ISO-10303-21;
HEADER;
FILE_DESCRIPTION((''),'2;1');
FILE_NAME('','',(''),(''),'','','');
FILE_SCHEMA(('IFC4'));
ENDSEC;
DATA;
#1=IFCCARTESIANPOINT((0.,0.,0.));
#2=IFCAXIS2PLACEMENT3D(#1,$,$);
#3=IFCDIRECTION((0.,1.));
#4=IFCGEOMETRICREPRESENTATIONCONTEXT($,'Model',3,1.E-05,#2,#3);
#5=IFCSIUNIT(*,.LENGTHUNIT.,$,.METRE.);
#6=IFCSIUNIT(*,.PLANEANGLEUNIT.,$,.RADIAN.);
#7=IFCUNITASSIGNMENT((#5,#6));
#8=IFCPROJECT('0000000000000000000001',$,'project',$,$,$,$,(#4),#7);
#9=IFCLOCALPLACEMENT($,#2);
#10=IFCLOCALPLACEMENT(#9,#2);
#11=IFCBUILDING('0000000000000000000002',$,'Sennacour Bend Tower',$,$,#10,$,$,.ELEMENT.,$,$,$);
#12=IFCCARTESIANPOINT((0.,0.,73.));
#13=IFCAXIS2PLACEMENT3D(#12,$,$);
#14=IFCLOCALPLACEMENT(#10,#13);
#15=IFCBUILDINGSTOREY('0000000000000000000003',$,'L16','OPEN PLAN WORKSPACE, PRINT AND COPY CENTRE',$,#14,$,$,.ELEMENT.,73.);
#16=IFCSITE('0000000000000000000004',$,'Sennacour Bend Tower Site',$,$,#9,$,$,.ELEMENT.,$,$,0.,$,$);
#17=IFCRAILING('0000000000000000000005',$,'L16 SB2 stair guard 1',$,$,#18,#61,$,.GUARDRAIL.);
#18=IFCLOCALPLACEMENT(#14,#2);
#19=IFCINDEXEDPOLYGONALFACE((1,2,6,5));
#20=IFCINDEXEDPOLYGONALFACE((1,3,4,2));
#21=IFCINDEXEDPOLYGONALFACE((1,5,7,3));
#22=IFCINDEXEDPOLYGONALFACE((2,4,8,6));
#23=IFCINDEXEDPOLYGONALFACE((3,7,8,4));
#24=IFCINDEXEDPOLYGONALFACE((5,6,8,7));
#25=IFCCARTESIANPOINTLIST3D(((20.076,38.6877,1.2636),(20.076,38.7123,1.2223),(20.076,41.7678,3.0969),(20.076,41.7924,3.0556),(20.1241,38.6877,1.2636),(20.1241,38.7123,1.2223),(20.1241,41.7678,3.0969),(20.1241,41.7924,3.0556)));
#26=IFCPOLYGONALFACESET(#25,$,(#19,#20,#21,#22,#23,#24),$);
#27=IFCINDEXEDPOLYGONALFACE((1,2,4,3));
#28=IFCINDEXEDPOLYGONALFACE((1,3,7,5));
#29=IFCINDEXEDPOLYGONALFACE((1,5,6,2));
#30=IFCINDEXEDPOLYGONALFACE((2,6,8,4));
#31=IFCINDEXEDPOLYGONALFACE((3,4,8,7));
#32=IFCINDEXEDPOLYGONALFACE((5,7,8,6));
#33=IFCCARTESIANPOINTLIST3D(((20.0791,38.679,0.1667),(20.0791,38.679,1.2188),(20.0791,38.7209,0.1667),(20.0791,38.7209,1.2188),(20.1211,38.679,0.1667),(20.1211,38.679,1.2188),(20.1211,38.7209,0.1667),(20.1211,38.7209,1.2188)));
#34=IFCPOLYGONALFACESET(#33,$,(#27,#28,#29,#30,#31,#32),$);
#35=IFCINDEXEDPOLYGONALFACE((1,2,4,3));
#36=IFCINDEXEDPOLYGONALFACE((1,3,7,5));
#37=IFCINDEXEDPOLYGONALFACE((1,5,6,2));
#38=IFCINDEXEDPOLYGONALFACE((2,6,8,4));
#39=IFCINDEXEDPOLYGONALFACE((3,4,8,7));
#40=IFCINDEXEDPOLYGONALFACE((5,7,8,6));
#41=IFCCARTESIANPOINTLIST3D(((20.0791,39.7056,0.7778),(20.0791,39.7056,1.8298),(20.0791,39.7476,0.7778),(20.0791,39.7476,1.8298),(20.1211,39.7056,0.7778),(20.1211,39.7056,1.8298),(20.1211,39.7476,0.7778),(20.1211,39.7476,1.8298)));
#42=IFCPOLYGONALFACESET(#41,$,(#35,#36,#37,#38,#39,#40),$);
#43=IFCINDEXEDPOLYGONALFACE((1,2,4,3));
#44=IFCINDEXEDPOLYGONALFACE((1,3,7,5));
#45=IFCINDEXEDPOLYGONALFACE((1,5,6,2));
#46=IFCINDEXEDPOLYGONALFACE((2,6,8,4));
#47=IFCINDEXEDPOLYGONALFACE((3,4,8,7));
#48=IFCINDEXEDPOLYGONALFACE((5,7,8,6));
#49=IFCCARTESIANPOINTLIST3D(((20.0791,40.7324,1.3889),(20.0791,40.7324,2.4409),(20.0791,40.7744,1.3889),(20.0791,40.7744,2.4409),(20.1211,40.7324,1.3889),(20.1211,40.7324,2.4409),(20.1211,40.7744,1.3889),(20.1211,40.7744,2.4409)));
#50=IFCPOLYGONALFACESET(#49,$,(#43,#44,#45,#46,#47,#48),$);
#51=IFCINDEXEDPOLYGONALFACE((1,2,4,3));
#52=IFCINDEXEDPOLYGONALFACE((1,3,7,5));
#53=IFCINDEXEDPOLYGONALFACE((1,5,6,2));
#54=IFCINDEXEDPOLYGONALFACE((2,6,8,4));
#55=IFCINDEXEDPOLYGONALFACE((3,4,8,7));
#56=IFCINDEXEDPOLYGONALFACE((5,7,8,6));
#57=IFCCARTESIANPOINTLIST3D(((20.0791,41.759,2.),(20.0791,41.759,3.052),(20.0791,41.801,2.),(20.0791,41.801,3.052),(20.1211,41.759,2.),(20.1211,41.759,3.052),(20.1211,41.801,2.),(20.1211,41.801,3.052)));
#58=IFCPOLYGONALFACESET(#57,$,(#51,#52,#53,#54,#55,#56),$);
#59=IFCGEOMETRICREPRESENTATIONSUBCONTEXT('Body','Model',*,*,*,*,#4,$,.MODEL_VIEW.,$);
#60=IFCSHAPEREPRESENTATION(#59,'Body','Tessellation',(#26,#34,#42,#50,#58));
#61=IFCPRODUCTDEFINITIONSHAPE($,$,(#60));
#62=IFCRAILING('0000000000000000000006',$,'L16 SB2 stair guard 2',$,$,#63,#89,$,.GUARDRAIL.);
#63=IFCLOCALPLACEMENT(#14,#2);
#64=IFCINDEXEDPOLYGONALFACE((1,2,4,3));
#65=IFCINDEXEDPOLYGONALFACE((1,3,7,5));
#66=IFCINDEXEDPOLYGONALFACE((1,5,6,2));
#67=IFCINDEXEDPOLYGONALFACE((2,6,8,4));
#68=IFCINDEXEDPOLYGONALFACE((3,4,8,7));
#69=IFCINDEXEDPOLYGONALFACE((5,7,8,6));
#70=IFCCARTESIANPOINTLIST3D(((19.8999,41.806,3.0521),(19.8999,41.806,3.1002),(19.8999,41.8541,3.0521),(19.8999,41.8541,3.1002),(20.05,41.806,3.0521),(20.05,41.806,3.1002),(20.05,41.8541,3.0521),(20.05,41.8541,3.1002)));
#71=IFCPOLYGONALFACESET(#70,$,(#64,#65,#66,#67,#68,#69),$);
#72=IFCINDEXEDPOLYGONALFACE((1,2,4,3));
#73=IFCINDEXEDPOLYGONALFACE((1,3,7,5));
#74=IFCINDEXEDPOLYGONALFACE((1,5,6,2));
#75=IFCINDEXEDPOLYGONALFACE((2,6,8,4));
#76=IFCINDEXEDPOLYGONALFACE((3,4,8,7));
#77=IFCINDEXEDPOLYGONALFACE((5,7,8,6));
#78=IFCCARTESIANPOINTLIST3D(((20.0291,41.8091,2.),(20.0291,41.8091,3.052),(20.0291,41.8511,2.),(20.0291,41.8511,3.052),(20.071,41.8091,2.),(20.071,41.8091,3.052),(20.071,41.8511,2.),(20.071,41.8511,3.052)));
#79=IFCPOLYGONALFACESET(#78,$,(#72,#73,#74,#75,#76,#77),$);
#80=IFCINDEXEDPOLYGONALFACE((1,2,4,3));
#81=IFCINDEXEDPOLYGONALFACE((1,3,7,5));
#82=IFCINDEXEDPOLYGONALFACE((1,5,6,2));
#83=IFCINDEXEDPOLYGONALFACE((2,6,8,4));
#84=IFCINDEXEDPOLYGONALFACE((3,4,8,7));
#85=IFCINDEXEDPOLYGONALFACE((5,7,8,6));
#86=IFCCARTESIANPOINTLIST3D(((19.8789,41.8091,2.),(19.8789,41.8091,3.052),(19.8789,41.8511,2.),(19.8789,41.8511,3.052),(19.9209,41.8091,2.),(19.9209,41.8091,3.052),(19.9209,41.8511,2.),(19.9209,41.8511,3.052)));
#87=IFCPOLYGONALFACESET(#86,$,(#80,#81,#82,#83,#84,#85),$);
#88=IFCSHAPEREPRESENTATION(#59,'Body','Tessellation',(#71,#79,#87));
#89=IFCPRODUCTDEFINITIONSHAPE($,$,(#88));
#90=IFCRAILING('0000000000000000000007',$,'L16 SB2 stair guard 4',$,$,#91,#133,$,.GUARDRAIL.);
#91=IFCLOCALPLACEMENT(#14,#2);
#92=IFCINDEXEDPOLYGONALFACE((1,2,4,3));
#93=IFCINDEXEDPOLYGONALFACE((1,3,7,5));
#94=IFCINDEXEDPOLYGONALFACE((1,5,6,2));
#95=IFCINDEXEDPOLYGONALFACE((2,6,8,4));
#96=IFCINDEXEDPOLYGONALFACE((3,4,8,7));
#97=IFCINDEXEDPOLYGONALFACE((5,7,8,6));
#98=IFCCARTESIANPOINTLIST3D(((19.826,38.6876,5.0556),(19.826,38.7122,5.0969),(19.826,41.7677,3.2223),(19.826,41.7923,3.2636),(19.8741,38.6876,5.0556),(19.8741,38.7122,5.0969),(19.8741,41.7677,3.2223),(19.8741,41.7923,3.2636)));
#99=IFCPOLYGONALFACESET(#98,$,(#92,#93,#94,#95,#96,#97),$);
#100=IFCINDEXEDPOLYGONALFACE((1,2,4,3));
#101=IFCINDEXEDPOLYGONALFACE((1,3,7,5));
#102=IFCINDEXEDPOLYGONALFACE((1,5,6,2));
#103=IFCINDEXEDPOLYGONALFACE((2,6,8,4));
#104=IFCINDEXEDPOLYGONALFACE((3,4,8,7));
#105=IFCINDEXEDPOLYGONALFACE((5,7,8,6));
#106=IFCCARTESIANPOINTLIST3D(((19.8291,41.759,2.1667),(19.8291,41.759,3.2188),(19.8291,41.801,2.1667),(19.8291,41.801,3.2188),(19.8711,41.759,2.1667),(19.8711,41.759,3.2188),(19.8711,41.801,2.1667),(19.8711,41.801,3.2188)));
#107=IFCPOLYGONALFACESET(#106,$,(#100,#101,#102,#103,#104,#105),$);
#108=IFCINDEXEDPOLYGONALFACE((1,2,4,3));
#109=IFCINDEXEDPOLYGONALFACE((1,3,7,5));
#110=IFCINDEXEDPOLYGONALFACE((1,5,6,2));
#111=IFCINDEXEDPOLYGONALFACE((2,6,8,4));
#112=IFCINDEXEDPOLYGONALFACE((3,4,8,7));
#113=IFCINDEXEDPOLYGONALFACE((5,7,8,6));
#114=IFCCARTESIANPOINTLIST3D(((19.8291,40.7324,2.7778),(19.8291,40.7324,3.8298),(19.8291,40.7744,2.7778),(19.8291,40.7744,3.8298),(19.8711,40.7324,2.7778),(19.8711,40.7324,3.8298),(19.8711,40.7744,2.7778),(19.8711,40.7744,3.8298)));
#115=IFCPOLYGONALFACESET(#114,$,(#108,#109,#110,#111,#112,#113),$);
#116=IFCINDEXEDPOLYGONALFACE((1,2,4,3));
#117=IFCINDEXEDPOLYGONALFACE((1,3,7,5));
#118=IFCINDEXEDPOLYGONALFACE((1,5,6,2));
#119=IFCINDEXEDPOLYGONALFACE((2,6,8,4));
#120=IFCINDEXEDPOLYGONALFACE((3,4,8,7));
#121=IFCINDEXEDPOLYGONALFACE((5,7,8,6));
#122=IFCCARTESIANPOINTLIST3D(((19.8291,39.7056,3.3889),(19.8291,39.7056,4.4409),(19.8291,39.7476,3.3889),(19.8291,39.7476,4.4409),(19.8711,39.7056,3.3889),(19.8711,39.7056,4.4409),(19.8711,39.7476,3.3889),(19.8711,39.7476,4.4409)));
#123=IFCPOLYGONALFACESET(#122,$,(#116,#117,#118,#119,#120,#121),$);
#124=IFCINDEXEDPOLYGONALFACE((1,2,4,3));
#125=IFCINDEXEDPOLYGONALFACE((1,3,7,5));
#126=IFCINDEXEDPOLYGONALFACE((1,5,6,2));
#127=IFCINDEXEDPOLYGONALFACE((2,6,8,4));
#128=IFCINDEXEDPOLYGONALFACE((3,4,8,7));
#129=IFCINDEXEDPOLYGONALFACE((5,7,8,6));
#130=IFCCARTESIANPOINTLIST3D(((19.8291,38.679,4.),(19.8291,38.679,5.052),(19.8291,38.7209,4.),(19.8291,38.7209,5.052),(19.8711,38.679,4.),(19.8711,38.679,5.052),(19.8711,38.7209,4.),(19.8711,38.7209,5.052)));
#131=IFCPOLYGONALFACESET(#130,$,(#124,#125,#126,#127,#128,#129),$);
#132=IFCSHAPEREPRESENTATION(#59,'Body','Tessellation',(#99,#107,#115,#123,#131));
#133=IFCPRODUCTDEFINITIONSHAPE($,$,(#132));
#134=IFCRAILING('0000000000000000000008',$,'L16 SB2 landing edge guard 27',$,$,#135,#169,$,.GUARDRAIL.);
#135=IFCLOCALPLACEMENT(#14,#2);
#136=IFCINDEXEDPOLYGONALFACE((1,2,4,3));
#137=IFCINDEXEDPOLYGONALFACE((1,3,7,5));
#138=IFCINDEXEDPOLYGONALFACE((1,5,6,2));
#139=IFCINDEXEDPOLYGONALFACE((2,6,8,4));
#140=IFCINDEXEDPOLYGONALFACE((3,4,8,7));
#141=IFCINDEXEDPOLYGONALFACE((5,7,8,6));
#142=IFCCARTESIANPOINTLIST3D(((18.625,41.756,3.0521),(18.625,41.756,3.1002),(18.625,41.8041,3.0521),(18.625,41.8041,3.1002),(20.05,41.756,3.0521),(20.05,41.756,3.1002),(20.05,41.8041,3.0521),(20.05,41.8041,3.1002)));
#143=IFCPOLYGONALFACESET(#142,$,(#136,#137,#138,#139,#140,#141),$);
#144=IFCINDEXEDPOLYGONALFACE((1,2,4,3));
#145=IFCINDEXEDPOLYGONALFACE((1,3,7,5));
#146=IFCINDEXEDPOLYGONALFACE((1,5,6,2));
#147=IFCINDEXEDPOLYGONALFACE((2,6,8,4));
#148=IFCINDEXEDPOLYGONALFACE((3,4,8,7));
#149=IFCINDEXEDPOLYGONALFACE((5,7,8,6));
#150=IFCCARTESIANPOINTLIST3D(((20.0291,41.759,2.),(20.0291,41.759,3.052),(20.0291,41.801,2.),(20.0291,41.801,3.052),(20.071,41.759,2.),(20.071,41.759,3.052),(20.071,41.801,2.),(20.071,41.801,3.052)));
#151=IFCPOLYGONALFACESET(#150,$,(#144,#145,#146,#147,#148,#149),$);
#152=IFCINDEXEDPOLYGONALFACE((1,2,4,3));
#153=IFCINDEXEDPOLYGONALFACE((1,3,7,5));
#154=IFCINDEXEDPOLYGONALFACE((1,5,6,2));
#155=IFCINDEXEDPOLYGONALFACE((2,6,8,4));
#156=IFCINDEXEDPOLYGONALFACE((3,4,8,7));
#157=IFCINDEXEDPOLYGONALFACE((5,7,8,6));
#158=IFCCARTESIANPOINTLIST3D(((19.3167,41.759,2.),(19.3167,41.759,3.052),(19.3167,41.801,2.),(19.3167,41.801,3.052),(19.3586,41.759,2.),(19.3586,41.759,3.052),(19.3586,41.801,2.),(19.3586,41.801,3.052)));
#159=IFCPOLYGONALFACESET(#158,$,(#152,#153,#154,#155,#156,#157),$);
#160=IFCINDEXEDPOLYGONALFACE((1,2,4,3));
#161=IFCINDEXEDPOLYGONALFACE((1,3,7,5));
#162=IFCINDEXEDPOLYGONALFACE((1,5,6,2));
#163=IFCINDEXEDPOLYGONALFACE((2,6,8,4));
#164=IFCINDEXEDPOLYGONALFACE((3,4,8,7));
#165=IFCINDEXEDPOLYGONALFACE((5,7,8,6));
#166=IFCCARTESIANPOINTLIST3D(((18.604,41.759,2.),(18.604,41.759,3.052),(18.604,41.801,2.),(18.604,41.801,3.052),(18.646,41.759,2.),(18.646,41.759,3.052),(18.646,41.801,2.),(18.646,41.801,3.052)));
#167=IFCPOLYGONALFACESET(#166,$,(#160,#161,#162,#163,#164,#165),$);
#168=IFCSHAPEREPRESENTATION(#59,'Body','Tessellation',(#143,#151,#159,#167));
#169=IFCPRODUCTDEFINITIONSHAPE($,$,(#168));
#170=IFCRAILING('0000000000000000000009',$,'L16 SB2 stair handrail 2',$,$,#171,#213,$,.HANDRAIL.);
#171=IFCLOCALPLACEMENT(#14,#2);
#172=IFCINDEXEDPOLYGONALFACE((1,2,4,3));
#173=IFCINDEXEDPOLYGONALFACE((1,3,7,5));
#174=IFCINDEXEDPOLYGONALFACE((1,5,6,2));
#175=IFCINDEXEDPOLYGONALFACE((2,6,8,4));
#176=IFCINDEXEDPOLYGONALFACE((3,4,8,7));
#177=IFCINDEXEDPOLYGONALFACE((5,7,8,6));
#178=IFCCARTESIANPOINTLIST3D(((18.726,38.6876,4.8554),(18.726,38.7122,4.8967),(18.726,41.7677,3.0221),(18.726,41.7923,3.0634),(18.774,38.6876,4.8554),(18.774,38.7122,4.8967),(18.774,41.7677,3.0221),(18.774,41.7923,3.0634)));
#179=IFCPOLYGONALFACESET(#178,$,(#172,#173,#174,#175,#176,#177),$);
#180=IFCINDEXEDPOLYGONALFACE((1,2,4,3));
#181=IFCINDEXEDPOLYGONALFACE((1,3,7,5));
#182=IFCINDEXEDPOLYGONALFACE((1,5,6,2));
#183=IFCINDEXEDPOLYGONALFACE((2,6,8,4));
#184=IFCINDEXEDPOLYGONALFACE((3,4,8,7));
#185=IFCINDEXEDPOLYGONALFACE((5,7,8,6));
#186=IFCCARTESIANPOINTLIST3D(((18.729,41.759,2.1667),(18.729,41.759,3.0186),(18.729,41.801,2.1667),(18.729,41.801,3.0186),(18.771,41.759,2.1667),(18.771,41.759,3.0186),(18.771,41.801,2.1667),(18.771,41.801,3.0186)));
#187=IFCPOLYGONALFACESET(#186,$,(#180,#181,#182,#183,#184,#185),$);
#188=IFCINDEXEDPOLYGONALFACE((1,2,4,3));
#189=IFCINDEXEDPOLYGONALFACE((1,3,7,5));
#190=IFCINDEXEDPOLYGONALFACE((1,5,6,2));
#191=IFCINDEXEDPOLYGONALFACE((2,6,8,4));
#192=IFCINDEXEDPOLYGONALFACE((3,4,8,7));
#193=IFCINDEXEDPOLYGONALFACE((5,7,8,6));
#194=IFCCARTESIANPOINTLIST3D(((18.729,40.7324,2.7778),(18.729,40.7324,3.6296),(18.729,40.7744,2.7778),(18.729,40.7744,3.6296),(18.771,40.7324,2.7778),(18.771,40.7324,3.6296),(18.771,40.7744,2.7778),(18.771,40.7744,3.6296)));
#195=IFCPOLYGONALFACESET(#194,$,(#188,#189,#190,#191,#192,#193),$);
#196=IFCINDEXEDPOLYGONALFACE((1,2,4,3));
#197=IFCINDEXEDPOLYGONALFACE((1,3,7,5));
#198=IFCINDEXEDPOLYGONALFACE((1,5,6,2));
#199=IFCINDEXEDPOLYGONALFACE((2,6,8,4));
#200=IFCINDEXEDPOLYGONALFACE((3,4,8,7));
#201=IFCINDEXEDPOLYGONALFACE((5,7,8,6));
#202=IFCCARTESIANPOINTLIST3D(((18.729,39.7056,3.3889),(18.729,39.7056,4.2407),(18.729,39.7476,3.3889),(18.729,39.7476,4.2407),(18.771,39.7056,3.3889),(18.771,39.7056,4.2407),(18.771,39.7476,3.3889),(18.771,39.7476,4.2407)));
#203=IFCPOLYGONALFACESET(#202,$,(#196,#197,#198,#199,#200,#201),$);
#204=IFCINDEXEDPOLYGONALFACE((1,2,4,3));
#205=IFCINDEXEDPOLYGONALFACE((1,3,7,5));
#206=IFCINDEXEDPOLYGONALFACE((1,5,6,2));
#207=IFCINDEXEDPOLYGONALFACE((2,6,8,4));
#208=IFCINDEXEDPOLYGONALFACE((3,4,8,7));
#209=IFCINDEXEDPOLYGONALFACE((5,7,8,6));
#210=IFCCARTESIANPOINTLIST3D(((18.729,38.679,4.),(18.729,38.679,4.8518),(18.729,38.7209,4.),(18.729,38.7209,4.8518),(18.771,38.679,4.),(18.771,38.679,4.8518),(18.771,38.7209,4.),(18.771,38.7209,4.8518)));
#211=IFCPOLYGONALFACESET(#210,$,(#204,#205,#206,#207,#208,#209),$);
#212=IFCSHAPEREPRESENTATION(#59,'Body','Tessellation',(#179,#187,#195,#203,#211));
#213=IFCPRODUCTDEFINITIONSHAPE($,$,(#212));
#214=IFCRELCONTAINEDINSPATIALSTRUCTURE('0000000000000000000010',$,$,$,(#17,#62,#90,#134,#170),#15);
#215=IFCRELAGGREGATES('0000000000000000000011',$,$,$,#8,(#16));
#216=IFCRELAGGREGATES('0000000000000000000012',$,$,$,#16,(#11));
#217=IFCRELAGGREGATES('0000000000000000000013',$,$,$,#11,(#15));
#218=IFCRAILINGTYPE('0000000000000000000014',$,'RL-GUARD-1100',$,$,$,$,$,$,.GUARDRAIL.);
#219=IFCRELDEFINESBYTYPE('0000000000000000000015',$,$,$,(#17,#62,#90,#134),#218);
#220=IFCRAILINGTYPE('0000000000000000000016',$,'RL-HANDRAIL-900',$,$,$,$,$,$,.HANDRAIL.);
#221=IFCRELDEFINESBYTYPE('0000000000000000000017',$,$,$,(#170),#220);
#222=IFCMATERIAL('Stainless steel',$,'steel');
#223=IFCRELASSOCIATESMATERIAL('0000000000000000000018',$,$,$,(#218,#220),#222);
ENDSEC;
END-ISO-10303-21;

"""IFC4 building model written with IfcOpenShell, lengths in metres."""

from ifc_helpers import new_model, si_unit, direction, frame, origin, origin_2d, place, context, subcontext, project, spatial, rectangle, extrude, material, type_object, element, save


model = new_model("IFC4")

# Units and contexts
model_context = context("Model", 3, precision=1e-05, world=origin(), true_north=direction((0.0, 1.0)))
body_context = subcontext(model_context, "Body", "Model", "MODEL_VIEW")
ifc_project = project(units=[si_unit("LENGTHUNIT", "METRE"), si_unit("PLANEANGLEUNIT", "RADIAN")], contexts=[model_context])

# Site, building, storey
site_placement = place(None, origin())
site = spatial("IfcSite", under=ifc_project, at=site_placement, Name="Sennacour Bend Tower Site", CompositionType="ELEMENT", RefElevation=0.0)
building_placement = place(site_placement, origin())
building = spatial("IfcBuilding", under=site, at=building_placement, Name="Sennacour Bend Tower", CompositionType="ELEMENT")
storey_placement = place(building_placement, frame((0.0, 0.0, 73.0)))
storey = spatial("IfcBuildingStorey", under=building, at=storey_placement, Name="L16", Description="OPEN PLAN WORKSPACE, PRINT AND COPY CENTRE", CompositionType="ELEMENT", Elevation=73.0)

# Shared definitions
ifc_material_1 = material(Name="Stainless steel", Category="steel")

# Railings
railing_type_1 = type_object("IfcRailingType", Name="RL-GUARD-1100", PredefinedType="GUARDRAIL", material=ifc_material_1)
railing_1_placement = place(storey_placement, frame((20.1001, 38.7, 0.1667)))
element("IfcRailing", 1, at=railing_1_placement, inside=storey, type_object=railing_type_1, Name="L16 SB2 stair guard 1", PredefinedType="GUARDRAIL", context=body_context, shape_type="SweptSolid", body=[
    extrude(rectangle(XDim=0.0481, YDim=0.0481, at=origin_2d()), frame((0.0, 0.0, 1.0762), z_axis=(0.0, 0.859309, 0.511458), x_axis=(-1.0, 0.0, 0.0)), (0.0, 0.0, 1.0), 3.5845),
    extrude(rectangle(XDim=0.042, YDim=0.042, at=origin_2d()), origin(), (0.0, 0.0, 1.0), 1.052),
    extrude(rectangle(XDim=0.042, YDim=0.042, at=origin_2d()), frame((0.0, 1.0266, 0.6111)), (0.0, 0.0, 1.0), 1.052),
    extrude(rectangle(XDim=0.042, YDim=0.042, at=origin_2d()), frame((0.0, 2.0535, 1.2222)), (0.0, 0.0, 1.0), 1.052),
    extrude(rectangle(XDim=0.042, YDim=0.042, at=origin_2d()), frame((0.0, 3.0801, 1.8333)), (0.0, 0.0, 1.0), 1.052),
])
railing_2_placement = place(storey_placement, frame((20.05, 41.8301, 2.0)))
element("IfcRailing", 2, at=railing_2_placement, inside=storey, type_object=railing_type_1, Name="L16 SB2 stair guard 2", PredefinedType="GUARDRAIL", context=body_context, shape_type="SweptSolid", body=[
    extrude(rectangle(XDim=0.0481, YDim=0.0481, at=origin_2d()), frame((0.0, 0.0, 1.0762), z_axis=(-1.0, 0.0, 0.0), x_axis=(0.0, -1.0, 0.0)), (0.0, 0.0, 1.0), 0.1501),
    extrude(rectangle(XDim=0.042, YDim=0.042, at=origin_2d()), origin(), (0.0, 0.0, 1.0), 1.052),
    extrude(rectangle(XDim=0.042, YDim=0.042, at=origin_2d()), frame((-0.1501, 0.0, 0.0)), (0.0, 0.0, 1.0), 1.052),
])
railing_3_placement = place(storey_placement, frame((19.8501, 41.78, 2.1667)))
element("IfcRailing", 3, at=railing_3_placement, inside=storey, type_object=railing_type_1, Name="L16 SB2 stair guard 4", PredefinedType="GUARDRAIL", context=body_context, shape_type="SweptSolid", body=[
    extrude(rectangle(XDim=0.0481, YDim=0.0481, at=origin_2d()), frame((0.0, 0.0, 1.0762), z_axis=(0.0, -0.859309, 0.511458), x_axis=(1.0, 0.0, 0.0)), (0.0, 0.0, 1.0), 3.5845),
    extrude(rectangle(XDim=0.042, YDim=0.042, at=origin_2d()), origin(), (0.0, 0.0, 1.0), 1.052),
    extrude(rectangle(XDim=0.042, YDim=0.042, at=origin_2d()), frame((0.0, -1.0266, 0.6111)), (0.0, 0.0, 1.0), 1.052),
    extrude(rectangle(XDim=0.042, YDim=0.042, at=origin_2d()), frame((0.0, -2.0535, 1.2222)), (0.0, 0.0, 1.0), 1.052),
    extrude(rectangle(XDim=0.042, YDim=0.042, at=origin_2d()), frame((0.0, -3.0801, 1.8333)), (0.0, 0.0, 1.0), 1.052),
])
railing_4_placement = place(storey_placement, frame((20.05, 41.78, 2.0)))
element("IfcRailing", 4, at=railing_4_placement, inside=storey, type_object=railing_type_1, Name="L16 SB2 landing edge guard 27", PredefinedType="GUARDRAIL", context=body_context, shape_type="SweptSolid", body=[
    extrude(rectangle(XDim=0.0481, YDim=0.0481, at=origin_2d()), frame((0.0, 0.0, 1.0762), z_axis=(-1.0, 0.0, 0.0), x_axis=(0.0, -1.0, 0.0)), (0.0, 0.0, 1.0), 1.425),
    extrude(rectangle(XDim=0.042, YDim=0.042, at=origin_2d()), origin(), (0.0, 0.0, 1.0), 1.052),
    extrude(rectangle(XDim=0.042, YDim=0.042, at=origin_2d()), frame((-0.7124, 0.0, 0.0)), (0.0, 0.0, 1.0), 1.052),
    extrude(rectangle(XDim=0.042, YDim=0.042, at=origin_2d()), frame((-1.425, 0.0, 0.0)), (0.0, 0.0, 1.0), 1.052),
])
railing_type_2 = type_object("IfcRailingType", Name="RL-HANDRAIL-900", PredefinedType="HANDRAIL", material=ifc_material_1)
railing_5_placement = place(storey_placement, frame((18.75, 41.78, 2.1667)))
element("IfcRailing", 5, at=railing_5_placement, inside=storey, type_object=railing_type_2, Name="L16 SB2 stair handrail 2", PredefinedType="HANDRAIL", context=body_context, shape_type="SweptSolid", body=[
    extrude(rectangle(XDim=0.0481, YDim=0.0481, at=origin_2d()), frame((0.0, 0.0, 0.876), z_axis=(0.0, -0.859309, 0.511458), x_axis=(1.0, 0.0, 0.0)), (0.0, 0.0, 1.0), 3.5845),
    extrude(rectangle(XDim=0.042, YDim=0.042, at=origin_2d()), origin(), (0.0, 0.0, 1.0), 0.8518),
    extrude(rectangle(XDim=0.042, YDim=0.042, at=origin_2d()), frame((0.0, -1.0266, 0.6111)), (0.0, 0.0, 1.0), 0.8518),
    extrude(rectangle(XDim=0.042, YDim=0.042, at=origin_2d()), frame((0.0, -2.0535, 1.2222)), (0.0, 0.0, 1.0), 0.8518),
    extrude(rectangle(XDim=0.042, YDim=0.042, at=origin_2d()), frame((0.0, -3.0801, 1.8333)), (0.0, 0.0, 1.0), 0.8518),
])

save(model, "model.ifc")
